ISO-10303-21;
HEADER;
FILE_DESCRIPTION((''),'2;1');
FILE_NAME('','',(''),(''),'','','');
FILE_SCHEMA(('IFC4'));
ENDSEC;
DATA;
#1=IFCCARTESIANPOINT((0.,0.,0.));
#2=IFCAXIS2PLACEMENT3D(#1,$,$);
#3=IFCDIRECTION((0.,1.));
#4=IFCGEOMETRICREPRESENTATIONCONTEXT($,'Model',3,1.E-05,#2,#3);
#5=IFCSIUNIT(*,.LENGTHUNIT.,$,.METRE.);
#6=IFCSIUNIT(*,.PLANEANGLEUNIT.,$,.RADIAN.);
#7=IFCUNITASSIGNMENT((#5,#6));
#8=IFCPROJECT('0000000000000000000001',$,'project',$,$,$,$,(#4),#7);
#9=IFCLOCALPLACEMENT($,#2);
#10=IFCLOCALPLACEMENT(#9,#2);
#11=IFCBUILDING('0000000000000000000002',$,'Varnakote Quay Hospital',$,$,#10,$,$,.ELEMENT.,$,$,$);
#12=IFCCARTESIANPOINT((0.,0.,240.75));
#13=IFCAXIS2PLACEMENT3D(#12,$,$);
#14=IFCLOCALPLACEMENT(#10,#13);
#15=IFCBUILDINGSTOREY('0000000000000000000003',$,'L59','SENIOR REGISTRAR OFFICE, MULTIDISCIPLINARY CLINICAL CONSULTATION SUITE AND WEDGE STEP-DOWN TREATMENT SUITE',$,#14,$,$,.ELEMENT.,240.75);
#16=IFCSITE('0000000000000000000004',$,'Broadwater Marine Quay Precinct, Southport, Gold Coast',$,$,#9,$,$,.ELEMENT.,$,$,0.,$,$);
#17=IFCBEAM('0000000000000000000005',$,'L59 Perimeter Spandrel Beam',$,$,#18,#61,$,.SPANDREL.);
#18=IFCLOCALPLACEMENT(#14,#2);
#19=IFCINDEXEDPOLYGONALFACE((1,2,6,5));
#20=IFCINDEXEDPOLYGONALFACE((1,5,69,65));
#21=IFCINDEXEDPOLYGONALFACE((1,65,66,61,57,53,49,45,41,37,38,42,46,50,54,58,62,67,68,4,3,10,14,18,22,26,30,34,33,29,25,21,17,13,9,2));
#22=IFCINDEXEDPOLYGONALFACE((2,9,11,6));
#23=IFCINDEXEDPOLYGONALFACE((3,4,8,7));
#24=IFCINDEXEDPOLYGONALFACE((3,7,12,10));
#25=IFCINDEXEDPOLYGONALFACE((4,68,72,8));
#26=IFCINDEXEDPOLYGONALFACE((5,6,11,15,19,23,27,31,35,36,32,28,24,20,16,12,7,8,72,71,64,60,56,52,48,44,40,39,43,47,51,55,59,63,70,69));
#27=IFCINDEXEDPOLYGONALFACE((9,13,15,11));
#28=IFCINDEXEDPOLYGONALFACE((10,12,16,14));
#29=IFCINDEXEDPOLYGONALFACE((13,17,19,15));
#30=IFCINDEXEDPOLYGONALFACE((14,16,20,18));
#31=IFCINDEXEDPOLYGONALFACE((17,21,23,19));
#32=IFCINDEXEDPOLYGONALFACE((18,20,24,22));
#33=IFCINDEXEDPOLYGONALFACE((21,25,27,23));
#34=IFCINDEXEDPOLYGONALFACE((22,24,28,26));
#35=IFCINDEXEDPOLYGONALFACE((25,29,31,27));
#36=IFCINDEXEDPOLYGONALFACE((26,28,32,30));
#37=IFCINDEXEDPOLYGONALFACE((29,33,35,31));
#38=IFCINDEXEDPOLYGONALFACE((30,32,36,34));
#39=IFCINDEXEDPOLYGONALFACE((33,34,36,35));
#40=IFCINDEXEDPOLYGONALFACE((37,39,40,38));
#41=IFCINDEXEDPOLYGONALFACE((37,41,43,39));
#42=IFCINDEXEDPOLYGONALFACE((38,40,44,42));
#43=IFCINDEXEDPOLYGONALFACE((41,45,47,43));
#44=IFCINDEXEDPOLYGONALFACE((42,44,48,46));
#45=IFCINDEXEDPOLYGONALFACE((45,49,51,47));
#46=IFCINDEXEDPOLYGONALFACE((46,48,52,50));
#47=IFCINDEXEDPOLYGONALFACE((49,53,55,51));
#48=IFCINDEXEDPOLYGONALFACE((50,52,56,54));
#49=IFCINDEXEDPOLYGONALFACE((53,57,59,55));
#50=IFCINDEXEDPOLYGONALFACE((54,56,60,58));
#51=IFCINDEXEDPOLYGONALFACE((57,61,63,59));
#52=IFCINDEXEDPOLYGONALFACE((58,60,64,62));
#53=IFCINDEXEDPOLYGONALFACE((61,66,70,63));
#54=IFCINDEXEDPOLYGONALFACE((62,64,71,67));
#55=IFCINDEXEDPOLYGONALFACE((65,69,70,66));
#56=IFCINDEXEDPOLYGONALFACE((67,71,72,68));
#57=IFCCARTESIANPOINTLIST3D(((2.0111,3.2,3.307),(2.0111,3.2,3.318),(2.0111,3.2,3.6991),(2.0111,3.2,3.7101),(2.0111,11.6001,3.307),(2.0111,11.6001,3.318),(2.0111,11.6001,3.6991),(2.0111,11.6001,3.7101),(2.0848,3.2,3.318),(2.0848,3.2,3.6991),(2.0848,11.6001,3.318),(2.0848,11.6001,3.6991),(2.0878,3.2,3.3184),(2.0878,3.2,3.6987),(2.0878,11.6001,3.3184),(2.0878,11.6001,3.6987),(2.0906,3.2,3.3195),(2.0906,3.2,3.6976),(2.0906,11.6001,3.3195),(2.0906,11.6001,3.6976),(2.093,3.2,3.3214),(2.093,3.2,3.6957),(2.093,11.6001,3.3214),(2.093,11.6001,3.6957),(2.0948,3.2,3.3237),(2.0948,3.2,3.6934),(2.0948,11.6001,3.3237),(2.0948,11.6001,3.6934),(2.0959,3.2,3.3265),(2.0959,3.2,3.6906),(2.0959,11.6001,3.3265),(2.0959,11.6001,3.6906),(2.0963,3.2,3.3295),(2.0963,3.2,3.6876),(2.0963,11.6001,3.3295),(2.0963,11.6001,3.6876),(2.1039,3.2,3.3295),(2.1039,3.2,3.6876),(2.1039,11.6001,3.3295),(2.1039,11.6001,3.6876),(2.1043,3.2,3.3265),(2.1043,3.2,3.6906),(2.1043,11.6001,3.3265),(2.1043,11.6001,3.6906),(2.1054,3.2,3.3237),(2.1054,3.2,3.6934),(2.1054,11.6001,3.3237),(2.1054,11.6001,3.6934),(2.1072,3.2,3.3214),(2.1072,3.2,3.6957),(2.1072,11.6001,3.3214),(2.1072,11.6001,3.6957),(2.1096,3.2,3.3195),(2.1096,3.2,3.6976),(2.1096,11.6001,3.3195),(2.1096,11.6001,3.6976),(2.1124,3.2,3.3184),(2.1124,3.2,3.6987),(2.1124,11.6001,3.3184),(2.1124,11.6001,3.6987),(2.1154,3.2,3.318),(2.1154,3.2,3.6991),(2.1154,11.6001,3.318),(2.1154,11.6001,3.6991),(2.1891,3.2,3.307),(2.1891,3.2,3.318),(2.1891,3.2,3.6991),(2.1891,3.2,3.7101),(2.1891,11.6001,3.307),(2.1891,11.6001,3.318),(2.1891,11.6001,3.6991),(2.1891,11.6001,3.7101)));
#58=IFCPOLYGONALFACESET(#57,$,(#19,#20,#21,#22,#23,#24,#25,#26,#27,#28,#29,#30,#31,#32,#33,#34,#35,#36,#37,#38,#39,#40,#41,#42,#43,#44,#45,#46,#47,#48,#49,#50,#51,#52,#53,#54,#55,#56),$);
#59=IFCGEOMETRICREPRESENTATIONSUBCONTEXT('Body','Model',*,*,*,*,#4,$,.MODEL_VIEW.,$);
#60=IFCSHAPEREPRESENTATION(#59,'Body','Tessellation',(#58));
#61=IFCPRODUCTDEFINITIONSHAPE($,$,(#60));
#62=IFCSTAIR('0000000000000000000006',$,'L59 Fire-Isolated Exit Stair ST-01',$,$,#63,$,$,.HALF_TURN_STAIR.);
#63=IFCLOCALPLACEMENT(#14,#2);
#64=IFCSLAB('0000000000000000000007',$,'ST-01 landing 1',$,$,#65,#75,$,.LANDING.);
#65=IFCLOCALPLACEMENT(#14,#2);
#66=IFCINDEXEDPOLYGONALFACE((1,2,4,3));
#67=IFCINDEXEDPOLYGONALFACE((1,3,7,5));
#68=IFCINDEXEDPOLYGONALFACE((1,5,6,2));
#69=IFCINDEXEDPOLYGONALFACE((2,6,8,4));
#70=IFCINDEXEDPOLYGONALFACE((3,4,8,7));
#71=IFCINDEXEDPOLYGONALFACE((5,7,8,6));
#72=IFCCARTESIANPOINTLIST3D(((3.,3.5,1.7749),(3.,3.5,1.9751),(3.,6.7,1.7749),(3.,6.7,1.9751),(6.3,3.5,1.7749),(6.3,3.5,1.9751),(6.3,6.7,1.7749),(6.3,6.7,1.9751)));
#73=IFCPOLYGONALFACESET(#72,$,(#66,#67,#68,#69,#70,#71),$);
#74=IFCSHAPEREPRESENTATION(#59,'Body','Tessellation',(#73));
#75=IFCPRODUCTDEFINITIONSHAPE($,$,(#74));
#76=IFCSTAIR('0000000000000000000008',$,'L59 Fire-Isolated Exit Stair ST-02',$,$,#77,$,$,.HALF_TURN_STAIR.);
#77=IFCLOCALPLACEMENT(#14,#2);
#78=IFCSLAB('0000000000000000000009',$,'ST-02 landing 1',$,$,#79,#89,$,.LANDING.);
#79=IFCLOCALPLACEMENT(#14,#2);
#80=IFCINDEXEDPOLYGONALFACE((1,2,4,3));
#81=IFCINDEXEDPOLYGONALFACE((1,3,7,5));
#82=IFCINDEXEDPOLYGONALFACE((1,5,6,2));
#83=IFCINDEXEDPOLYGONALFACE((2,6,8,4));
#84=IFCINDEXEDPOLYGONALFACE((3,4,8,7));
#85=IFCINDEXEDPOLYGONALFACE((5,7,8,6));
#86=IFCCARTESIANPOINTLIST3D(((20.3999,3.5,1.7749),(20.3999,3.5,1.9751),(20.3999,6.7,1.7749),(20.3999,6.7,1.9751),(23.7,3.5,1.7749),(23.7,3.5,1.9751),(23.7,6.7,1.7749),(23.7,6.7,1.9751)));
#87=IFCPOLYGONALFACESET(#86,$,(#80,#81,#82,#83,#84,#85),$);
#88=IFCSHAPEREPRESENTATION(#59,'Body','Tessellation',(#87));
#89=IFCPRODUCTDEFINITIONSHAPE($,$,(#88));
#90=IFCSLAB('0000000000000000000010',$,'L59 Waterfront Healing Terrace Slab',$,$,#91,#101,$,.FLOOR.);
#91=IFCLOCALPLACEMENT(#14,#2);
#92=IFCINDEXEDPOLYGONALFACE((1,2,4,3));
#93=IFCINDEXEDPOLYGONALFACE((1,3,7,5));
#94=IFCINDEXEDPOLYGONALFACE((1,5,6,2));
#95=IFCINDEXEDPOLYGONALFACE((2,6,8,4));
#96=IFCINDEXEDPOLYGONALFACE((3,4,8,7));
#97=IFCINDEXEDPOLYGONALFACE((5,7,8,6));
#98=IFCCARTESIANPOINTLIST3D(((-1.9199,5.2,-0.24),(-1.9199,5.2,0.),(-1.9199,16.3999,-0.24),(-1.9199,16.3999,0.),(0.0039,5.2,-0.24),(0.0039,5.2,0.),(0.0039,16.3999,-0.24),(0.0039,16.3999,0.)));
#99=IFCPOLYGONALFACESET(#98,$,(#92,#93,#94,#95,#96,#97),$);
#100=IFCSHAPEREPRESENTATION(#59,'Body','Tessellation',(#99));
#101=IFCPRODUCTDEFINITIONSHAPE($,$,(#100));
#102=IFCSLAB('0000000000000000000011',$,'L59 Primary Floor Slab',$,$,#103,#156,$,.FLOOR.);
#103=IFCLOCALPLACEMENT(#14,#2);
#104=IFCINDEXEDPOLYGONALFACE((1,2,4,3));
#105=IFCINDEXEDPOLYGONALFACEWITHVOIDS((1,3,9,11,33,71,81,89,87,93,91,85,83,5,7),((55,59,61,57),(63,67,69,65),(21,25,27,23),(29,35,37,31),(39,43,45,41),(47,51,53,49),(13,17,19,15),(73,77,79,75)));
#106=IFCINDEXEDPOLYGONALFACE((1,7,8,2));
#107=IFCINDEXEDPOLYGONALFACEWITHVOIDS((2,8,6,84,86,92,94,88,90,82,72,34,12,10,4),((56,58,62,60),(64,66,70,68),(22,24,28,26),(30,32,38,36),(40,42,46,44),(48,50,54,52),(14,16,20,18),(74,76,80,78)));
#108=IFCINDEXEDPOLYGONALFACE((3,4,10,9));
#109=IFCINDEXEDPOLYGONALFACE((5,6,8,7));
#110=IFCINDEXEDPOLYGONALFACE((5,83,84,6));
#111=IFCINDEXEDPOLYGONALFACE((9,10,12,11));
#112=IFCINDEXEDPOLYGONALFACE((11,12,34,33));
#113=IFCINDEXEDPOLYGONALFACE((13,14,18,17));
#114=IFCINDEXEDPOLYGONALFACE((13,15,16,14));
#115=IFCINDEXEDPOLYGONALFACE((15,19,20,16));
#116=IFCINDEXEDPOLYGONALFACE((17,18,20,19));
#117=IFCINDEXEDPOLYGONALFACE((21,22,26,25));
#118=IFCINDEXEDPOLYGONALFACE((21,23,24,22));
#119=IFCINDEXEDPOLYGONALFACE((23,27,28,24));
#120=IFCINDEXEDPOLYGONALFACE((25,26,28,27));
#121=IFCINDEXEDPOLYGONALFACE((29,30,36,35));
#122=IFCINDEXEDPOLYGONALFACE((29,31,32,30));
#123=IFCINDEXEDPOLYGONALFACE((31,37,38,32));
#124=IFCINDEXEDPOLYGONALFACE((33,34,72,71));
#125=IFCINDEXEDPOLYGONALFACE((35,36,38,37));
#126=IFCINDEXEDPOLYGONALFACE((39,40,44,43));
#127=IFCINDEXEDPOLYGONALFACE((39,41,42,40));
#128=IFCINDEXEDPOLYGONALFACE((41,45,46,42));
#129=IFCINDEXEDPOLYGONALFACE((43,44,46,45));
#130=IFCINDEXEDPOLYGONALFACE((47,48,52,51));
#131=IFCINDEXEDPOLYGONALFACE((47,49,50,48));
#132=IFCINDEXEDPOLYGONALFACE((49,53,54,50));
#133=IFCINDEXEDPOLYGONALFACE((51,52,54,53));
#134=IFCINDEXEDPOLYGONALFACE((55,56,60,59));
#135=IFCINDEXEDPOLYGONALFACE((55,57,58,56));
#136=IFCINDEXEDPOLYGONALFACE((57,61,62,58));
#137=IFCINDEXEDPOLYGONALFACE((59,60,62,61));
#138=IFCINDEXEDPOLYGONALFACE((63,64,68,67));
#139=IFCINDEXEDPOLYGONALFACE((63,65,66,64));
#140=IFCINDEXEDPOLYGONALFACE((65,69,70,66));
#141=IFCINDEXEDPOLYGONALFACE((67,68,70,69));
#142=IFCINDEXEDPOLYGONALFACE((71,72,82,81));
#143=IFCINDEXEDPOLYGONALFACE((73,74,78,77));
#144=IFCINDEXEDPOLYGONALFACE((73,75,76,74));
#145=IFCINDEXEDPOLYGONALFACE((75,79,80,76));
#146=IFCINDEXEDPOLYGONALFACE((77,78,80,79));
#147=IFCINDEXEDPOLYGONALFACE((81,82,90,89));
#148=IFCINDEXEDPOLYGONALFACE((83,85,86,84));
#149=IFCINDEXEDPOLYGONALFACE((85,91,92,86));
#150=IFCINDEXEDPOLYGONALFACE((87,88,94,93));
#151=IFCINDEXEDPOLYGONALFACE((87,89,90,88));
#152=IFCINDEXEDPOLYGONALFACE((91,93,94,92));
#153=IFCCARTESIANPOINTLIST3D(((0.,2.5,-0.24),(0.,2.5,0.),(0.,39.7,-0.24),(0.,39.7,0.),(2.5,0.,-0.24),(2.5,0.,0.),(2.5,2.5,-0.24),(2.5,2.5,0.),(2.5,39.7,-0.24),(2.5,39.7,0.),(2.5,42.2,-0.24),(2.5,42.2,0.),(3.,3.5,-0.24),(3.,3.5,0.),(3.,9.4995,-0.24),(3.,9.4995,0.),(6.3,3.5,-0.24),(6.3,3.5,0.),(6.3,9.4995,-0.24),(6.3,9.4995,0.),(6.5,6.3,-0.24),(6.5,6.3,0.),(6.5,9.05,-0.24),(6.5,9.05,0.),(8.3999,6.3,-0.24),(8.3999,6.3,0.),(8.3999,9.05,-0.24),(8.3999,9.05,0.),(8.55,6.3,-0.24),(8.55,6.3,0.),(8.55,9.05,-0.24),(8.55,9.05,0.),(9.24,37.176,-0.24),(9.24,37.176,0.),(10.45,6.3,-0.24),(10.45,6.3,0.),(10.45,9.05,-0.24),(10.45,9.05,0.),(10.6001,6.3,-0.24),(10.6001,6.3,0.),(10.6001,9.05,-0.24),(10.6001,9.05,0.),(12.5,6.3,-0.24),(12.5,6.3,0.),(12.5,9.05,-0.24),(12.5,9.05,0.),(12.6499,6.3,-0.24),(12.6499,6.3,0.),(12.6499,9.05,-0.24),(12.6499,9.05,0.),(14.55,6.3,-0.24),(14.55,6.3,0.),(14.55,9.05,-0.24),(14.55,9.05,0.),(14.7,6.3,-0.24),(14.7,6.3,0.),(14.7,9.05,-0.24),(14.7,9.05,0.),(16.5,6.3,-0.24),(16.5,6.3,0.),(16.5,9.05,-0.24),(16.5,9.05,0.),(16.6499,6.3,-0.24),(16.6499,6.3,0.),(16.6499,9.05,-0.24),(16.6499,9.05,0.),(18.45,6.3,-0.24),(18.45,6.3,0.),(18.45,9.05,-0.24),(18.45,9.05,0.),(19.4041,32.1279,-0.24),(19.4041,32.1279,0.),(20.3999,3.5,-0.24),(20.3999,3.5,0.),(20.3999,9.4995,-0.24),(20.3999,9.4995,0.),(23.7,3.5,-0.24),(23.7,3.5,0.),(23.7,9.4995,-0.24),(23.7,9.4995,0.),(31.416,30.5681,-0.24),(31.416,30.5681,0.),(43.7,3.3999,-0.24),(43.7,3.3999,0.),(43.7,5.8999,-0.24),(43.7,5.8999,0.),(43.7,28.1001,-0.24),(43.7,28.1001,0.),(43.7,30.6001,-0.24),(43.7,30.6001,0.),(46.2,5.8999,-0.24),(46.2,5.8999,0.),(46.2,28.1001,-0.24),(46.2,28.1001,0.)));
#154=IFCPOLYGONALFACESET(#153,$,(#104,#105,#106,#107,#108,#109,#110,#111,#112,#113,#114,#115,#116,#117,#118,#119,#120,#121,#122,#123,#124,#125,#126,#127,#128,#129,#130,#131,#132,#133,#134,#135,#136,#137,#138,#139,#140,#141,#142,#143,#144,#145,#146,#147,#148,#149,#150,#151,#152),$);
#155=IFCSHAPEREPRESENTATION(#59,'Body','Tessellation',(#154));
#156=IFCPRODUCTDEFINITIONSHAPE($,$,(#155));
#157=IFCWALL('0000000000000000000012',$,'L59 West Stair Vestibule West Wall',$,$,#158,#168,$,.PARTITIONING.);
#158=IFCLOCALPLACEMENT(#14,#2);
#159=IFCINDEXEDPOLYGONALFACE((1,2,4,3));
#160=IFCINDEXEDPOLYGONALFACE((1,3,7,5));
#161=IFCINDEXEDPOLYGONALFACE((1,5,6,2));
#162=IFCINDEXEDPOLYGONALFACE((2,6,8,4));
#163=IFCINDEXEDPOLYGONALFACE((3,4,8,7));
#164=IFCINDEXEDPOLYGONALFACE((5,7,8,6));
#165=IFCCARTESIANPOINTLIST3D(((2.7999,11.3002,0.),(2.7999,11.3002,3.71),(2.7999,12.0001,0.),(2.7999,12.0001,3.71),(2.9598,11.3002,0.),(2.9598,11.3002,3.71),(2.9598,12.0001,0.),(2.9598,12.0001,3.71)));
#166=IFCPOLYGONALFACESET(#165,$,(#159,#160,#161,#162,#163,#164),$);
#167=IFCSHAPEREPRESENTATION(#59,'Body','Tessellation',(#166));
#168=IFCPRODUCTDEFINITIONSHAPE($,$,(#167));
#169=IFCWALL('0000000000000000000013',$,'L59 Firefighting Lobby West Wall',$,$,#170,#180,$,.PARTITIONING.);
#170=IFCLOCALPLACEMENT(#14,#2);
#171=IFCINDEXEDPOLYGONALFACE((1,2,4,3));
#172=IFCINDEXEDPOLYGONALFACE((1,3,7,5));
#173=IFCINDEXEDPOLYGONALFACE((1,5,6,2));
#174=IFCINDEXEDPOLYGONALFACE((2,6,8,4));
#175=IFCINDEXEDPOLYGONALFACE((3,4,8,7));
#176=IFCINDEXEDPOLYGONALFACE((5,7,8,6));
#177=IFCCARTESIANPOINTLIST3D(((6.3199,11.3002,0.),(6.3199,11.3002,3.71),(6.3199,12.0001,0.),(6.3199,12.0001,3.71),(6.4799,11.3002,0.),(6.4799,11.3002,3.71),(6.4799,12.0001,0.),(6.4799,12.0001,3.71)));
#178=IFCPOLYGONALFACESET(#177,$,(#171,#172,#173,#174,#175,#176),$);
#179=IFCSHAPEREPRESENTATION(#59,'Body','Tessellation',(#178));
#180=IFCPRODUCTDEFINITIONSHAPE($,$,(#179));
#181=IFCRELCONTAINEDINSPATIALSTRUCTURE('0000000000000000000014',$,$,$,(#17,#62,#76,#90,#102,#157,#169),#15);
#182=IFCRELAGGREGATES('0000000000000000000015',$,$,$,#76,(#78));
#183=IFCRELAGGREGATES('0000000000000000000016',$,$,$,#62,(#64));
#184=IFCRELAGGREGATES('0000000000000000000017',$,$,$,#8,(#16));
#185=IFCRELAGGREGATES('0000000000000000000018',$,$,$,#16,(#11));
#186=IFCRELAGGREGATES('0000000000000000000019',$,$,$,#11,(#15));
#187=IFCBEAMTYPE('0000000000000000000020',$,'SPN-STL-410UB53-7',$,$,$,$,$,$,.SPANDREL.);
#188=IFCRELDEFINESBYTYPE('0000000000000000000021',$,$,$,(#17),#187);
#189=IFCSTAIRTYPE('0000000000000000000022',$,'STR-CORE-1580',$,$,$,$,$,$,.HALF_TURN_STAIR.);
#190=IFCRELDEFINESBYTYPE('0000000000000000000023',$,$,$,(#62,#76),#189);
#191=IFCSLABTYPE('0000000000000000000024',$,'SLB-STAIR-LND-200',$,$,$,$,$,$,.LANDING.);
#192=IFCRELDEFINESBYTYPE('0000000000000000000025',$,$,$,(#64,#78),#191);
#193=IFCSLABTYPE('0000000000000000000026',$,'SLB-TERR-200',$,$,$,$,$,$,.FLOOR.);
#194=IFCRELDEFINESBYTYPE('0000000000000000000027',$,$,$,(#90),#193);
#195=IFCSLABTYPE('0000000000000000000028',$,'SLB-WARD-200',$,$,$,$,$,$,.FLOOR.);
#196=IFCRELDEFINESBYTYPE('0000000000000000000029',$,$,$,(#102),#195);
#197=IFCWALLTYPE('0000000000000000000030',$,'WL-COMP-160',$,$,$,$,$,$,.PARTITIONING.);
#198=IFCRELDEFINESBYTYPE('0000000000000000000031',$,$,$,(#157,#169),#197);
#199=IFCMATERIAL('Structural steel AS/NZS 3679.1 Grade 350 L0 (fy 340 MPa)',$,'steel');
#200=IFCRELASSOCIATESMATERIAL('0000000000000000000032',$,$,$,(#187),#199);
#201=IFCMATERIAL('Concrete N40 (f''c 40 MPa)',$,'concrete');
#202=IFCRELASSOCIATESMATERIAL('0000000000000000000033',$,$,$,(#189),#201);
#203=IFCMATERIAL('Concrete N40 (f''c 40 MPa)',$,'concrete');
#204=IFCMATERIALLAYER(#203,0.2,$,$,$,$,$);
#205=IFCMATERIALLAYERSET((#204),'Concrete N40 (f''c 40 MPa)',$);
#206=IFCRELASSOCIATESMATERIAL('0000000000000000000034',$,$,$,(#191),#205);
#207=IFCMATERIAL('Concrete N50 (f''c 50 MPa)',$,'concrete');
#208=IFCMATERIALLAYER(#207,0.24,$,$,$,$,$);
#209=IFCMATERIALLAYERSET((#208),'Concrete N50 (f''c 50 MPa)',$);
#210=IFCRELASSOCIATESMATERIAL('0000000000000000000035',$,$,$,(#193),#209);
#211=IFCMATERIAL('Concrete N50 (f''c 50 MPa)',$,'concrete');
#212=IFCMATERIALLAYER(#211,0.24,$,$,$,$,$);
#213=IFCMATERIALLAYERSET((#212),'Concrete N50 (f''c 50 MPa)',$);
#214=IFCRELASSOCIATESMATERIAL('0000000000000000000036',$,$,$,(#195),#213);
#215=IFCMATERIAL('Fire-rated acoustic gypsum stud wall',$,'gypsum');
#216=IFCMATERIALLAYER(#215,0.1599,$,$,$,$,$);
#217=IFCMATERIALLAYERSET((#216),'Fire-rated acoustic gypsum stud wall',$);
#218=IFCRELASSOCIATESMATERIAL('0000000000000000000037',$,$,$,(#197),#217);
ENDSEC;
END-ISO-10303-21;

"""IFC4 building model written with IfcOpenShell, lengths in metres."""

from ifc_helpers import new_model, si_unit, direction, frame, frame_2d, origin, origin_2d, place, context, subcontext, project, spatial, polyline, rectangle, i_section, outline, extrude, material, layer, layer_set, material_profile, profile_set, type_object, element, aggregate, save


model = new_model("IFC4")

# Units and contexts
model_context = context("Model", 3, precision=1e-05, world=origin(), true_north=direction((0.0, 1.0)))
body_context = subcontext(model_context, "Body", "Model", "MODEL_VIEW")
ifc_project = project(units=[si_unit("LENGTHUNIT", "METRE"), si_unit("PLANEANGLEUNIT", "RADIAN")], contexts=[model_context])

# Site, building, storey
site_placement = place(None, origin())
site = spatial("IfcSite", under=ifc_project, at=site_placement, Name="Broadwater Marine Quay Precinct, Southport, Gold Coast", CompositionType="ELEMENT", RefElevation=0.0)
building_placement = place(site_placement, origin())
building = spatial("IfcBuilding", under=site, at=building_placement, Name="Varnakote Quay Hospital", CompositionType="ELEMENT")
storey_placement = place(building_placement, frame((0.0, 0.0, 240.75)))
storey = spatial("IfcBuildingStorey", under=building, at=storey_placement, Name="L59", Description="SENIOR REGISTRAR OFFICE, MULTIDISCIPLINARY CLINICAL CONSULTATION SUITE AND WEDGE STEP-DOWN TREATMENT SUITE", CompositionType="ELEMENT", Elevation=240.75)

# Beam
ifc_material_1 = material(Name="Structural steel AS/NZS 3679.1 Grade 350 L0 (fy 340 MPa)", Category="steel")
ifc_material_profile_1 = material_profile(ifc_material_1, i_section(OverallWidth=0.178, OverallDepth=0.4031, WebThickness=0.0076, FlangeThickness=0.011, FilletRadius=0.0115, at=origin_2d()), Name="410UB53.7")
ifc_profile_set_1 = profile_set([ifc_material_profile_1], Name="Structural steel AS/NZS 3679.1 Grade 350 L0 (fy 340 MPa)")
beam_type_1 = type_object("IfcBeamType", Name="SPN-STL-410UB53-7", PredefinedType="SPANDREL", material=ifc_profile_set_1)
beam_1_placement = place(storey_placement, frame((2.1001, 3.2, 3.5085), z_axis=(0.0, 1.0, 0.0), x_axis=(-1.0, 0.0, 0.0)))
element("IfcBeam", 1, at=beam_1_placement, inside=storey, type_object=beam_type_1, Name="L59 Perimeter Spandrel Beam", PredefinedType="SPANDREL", context=body_context, shape_type="SweptSolid", body=[
    extrude(i_section(OverallWidth=0.178, OverallDepth=0.4031, WebThickness=0.0076, FlangeThickness=0.011, FilletRadius=0.0115, at=origin_2d()), origin(), (0.0, 0.0, 1.0), 8.4001),
])

# Stairs, slabs
ifc_material_2 = material(Name="Concrete N40 (f'c 40 MPa)", Category="concrete")
stair_type = type_object("IfcStairType", Name="STR-CORE-1580", PredefinedType="HALF_TURN_STAIR", material=ifc_material_2)
stair_1_placement = place(storey_placement, origin())
stair_1 = element("IfcStair", 2, at=stair_1_placement, inside=storey, type_object=stair_type, Name="L59 Fire-Isolated Exit Stair ST-01", PredefinedType="HALF_TURN_STAIR")
ifc_material_3 = material(Name="Concrete N40 (f'c 40 MPa)", Category="concrete")
ifc_layer_1 = layer(ifc_material_3, 0.2)
ifc_layer_set_1 = layer_set([ifc_layer_1], Name="Concrete N40 (f'c 40 MPa)")
slab_type_1 = type_object("IfcSlabType", Name="SLB-STAIR-LND-200", PredefinedType="LANDING", material=ifc_layer_set_1)
slab_1_placement = place(storey_placement, frame((0.0, 0.0, 1.7749)))
slab_1 = element("IfcSlab", 3, at=slab_1_placement, type_object=slab_type_1, Name="ST-01 landing 1", PredefinedType="LANDING", context=body_context, shape_type="SweptSolid", body=[
    extrude(outline(polyline([(3.0, 6.7), (3.0, 3.5), (6.3, 3.5), (6.3, 6.7), (3.0, 6.7)])), origin(), (0.0, 0.0, 1.0), 0.2002),
])
stair_2_placement = place(storey_placement, origin())
stair_2 = element("IfcStair", 4, at=stair_2_placement, inside=storey, type_object=stair_type, Name="L59 Fire-Isolated Exit Stair ST-02", PredefinedType="HALF_TURN_STAIR")
slab_2_placement = place(storey_placement, frame((0.0, 0.0, 1.7749)))
slab_2 = element("IfcSlab", 5, at=slab_2_placement, type_object=slab_type_1, Name="ST-02 landing 1", PredefinedType="LANDING", context=body_context, shape_type="SweptSolid", body=[
    extrude(outline(polyline([(20.3999, 6.7), (20.3999, 3.5), (23.7, 3.5), (23.7, 6.7), (20.3999, 6.7)])), origin(), (0.0, 0.0, 1.0), 0.2002),
])
aggregate(stair_2, [slab_2])

# Slabs
ifc_material_4 = material(Name="Concrete N50 (f'c 50 MPa)", Category="concrete")
ifc_layer_2 = layer(ifc_material_4, 0.24)
ifc_layer_set_2 = layer_set([ifc_layer_2], Name="Concrete N50 (f'c 50 MPa)")
slab_type_2 = type_object("IfcSlabType", Name="SLB-TERR-200", PredefinedType="FLOOR", material=ifc_layer_set_2)
slab_3_placement = place(storey_placement, frame((0.0, 0.0, -0.24)))
element("IfcSlab", 6, at=slab_3_placement, inside=storey, type_object=slab_type_2, Name="L59 Waterfront Healing Terrace Slab", PredefinedType="FLOOR", context=body_context, shape_type="SweptSolid", body=[
    extrude(outline(polyline([(0.0039, 5.2), (0.0039, 16.3999), (-1.9199, 16.3999), (-1.9199, 5.2), (0.0039, 5.2)])), origin(), (0.0, 0.0, 1.0), 0.24),
])
ifc_material_5 = material(Name="Concrete N50 (f'c 50 MPa)", Category="concrete")
ifc_layer_3 = layer(ifc_material_5, 0.24)
ifc_layer_set_3 = layer_set([ifc_layer_3], Name="Concrete N50 (f'c 50 MPa)")
slab_type_3 = type_object("IfcSlabType", Name="SLB-WARD-200", PredefinedType="FLOOR", material=ifc_layer_set_3)
slab_4_placement = place(storey_placement, frame((0.0, 0.0, -0.24)))
element("IfcSlab", 7, at=slab_4_placement, inside=storey, type_object=slab_type_3, Name="L59 Primary Floor Slab", PredefinedType="FLOOR", context=body_context, shape_type="SweptSolid", body=[
    extrude(outline(polyline([(0.0, 2.5), (2.5, 2.5), (2.5, 0.0), (43.7, 3.3999), (43.7, 5.8999), (46.2, 5.8999), (46.2, 28.1001), (43.7, 28.1001), (43.7, 30.6001), (31.416, 30.5681), (19.4041, 32.1279), (9.24, 37.176), (2.5, 42.2), (2.5, 39.7), (0.0, 39.7), (0.0, 2.5)]), holes=[polyline([(3.0, 3.5), (6.3, 3.5), (6.3, 9.4995), (3.0, 9.4995), (3.0, 3.5)]), polyline([(20.3999, 3.5), (23.7, 3.5), (23.7, 9.4995), (20.3999, 9.4995), (20.3999, 3.5)]), polyline([(6.5, 6.3), (8.3999, 6.3), (8.3999, 9.05), (6.5, 9.05), (6.5, 6.3)]), polyline([(8.55, 6.3), (10.45, 6.3), (10.45, 9.05), (8.55, 9.05), (8.55, 6.3)]), polyline([(10.6001, 6.3), (12.5, 6.3), (12.5, 9.05), (10.6001, 9.05), (10.6001, 6.3)]), polyline([(12.6499, 6.3), (14.55, 6.3), (14.55, 9.05), (12.6499, 9.05), (12.6499, 6.3)]), polyline([(14.7, 6.3), (16.5, 6.3), (16.5, 9.05), (14.7, 9.05), (14.7, 6.3)]), polyline([(16.6499, 6.3), (18.45, 6.3), (18.45, 9.05), (16.6499, 9.05), (16.6499, 6.3)])]), origin(), (0.0, 0.0, 1.0), 0.24),
])

# Walls
ifc_material_6 = material(Name="Fire-rated acoustic gypsum stud wall", Category="gypsum")
ifc_layer_4 = layer(ifc_material_6, 0.1599)
ifc_layer_set_4 = layer_set([ifc_layer_4], Name="Fire-rated acoustic gypsum stud wall")
wall_type_1 = type_object("IfcWallType", Name="WL-COMP-160", PredefinedType="PARTITIONING", material=ifc_layer_set_4)
for number, where, z_axis, x_axis, name in (
    (8, (2.8799, 11.3, 0.0), (0.0, 0.0, 1.0), (0.0, 1.0, 0.0), "L59 West Stair Vestibule West Wall"),
    (9, (6.3999, 11.3, 0.0), (0.0, 0.0, 1.0), (0.0, 1.0, 0.0), "L59 Firefighting Lobby West Wall"),
):
    element("IfcWall", number, at=place(storey_placement, frame(where, z_axis=z_axis, x_axis=x_axis)), inside=storey, type_object=wall_type_1, Name=name, PredefinedType="PARTITIONING", context=body_context, shape_type="SweptSolid", body=[
        extrude(rectangle(XDim=0.7, YDim=0.1599, at=frame_2d((0.3501, 0.0))), origin(), (0.0, 0.0, 1.0), 3.71),
    ])

aggregate(stair_1, [slab_1])

save(model, "model.ifc")
